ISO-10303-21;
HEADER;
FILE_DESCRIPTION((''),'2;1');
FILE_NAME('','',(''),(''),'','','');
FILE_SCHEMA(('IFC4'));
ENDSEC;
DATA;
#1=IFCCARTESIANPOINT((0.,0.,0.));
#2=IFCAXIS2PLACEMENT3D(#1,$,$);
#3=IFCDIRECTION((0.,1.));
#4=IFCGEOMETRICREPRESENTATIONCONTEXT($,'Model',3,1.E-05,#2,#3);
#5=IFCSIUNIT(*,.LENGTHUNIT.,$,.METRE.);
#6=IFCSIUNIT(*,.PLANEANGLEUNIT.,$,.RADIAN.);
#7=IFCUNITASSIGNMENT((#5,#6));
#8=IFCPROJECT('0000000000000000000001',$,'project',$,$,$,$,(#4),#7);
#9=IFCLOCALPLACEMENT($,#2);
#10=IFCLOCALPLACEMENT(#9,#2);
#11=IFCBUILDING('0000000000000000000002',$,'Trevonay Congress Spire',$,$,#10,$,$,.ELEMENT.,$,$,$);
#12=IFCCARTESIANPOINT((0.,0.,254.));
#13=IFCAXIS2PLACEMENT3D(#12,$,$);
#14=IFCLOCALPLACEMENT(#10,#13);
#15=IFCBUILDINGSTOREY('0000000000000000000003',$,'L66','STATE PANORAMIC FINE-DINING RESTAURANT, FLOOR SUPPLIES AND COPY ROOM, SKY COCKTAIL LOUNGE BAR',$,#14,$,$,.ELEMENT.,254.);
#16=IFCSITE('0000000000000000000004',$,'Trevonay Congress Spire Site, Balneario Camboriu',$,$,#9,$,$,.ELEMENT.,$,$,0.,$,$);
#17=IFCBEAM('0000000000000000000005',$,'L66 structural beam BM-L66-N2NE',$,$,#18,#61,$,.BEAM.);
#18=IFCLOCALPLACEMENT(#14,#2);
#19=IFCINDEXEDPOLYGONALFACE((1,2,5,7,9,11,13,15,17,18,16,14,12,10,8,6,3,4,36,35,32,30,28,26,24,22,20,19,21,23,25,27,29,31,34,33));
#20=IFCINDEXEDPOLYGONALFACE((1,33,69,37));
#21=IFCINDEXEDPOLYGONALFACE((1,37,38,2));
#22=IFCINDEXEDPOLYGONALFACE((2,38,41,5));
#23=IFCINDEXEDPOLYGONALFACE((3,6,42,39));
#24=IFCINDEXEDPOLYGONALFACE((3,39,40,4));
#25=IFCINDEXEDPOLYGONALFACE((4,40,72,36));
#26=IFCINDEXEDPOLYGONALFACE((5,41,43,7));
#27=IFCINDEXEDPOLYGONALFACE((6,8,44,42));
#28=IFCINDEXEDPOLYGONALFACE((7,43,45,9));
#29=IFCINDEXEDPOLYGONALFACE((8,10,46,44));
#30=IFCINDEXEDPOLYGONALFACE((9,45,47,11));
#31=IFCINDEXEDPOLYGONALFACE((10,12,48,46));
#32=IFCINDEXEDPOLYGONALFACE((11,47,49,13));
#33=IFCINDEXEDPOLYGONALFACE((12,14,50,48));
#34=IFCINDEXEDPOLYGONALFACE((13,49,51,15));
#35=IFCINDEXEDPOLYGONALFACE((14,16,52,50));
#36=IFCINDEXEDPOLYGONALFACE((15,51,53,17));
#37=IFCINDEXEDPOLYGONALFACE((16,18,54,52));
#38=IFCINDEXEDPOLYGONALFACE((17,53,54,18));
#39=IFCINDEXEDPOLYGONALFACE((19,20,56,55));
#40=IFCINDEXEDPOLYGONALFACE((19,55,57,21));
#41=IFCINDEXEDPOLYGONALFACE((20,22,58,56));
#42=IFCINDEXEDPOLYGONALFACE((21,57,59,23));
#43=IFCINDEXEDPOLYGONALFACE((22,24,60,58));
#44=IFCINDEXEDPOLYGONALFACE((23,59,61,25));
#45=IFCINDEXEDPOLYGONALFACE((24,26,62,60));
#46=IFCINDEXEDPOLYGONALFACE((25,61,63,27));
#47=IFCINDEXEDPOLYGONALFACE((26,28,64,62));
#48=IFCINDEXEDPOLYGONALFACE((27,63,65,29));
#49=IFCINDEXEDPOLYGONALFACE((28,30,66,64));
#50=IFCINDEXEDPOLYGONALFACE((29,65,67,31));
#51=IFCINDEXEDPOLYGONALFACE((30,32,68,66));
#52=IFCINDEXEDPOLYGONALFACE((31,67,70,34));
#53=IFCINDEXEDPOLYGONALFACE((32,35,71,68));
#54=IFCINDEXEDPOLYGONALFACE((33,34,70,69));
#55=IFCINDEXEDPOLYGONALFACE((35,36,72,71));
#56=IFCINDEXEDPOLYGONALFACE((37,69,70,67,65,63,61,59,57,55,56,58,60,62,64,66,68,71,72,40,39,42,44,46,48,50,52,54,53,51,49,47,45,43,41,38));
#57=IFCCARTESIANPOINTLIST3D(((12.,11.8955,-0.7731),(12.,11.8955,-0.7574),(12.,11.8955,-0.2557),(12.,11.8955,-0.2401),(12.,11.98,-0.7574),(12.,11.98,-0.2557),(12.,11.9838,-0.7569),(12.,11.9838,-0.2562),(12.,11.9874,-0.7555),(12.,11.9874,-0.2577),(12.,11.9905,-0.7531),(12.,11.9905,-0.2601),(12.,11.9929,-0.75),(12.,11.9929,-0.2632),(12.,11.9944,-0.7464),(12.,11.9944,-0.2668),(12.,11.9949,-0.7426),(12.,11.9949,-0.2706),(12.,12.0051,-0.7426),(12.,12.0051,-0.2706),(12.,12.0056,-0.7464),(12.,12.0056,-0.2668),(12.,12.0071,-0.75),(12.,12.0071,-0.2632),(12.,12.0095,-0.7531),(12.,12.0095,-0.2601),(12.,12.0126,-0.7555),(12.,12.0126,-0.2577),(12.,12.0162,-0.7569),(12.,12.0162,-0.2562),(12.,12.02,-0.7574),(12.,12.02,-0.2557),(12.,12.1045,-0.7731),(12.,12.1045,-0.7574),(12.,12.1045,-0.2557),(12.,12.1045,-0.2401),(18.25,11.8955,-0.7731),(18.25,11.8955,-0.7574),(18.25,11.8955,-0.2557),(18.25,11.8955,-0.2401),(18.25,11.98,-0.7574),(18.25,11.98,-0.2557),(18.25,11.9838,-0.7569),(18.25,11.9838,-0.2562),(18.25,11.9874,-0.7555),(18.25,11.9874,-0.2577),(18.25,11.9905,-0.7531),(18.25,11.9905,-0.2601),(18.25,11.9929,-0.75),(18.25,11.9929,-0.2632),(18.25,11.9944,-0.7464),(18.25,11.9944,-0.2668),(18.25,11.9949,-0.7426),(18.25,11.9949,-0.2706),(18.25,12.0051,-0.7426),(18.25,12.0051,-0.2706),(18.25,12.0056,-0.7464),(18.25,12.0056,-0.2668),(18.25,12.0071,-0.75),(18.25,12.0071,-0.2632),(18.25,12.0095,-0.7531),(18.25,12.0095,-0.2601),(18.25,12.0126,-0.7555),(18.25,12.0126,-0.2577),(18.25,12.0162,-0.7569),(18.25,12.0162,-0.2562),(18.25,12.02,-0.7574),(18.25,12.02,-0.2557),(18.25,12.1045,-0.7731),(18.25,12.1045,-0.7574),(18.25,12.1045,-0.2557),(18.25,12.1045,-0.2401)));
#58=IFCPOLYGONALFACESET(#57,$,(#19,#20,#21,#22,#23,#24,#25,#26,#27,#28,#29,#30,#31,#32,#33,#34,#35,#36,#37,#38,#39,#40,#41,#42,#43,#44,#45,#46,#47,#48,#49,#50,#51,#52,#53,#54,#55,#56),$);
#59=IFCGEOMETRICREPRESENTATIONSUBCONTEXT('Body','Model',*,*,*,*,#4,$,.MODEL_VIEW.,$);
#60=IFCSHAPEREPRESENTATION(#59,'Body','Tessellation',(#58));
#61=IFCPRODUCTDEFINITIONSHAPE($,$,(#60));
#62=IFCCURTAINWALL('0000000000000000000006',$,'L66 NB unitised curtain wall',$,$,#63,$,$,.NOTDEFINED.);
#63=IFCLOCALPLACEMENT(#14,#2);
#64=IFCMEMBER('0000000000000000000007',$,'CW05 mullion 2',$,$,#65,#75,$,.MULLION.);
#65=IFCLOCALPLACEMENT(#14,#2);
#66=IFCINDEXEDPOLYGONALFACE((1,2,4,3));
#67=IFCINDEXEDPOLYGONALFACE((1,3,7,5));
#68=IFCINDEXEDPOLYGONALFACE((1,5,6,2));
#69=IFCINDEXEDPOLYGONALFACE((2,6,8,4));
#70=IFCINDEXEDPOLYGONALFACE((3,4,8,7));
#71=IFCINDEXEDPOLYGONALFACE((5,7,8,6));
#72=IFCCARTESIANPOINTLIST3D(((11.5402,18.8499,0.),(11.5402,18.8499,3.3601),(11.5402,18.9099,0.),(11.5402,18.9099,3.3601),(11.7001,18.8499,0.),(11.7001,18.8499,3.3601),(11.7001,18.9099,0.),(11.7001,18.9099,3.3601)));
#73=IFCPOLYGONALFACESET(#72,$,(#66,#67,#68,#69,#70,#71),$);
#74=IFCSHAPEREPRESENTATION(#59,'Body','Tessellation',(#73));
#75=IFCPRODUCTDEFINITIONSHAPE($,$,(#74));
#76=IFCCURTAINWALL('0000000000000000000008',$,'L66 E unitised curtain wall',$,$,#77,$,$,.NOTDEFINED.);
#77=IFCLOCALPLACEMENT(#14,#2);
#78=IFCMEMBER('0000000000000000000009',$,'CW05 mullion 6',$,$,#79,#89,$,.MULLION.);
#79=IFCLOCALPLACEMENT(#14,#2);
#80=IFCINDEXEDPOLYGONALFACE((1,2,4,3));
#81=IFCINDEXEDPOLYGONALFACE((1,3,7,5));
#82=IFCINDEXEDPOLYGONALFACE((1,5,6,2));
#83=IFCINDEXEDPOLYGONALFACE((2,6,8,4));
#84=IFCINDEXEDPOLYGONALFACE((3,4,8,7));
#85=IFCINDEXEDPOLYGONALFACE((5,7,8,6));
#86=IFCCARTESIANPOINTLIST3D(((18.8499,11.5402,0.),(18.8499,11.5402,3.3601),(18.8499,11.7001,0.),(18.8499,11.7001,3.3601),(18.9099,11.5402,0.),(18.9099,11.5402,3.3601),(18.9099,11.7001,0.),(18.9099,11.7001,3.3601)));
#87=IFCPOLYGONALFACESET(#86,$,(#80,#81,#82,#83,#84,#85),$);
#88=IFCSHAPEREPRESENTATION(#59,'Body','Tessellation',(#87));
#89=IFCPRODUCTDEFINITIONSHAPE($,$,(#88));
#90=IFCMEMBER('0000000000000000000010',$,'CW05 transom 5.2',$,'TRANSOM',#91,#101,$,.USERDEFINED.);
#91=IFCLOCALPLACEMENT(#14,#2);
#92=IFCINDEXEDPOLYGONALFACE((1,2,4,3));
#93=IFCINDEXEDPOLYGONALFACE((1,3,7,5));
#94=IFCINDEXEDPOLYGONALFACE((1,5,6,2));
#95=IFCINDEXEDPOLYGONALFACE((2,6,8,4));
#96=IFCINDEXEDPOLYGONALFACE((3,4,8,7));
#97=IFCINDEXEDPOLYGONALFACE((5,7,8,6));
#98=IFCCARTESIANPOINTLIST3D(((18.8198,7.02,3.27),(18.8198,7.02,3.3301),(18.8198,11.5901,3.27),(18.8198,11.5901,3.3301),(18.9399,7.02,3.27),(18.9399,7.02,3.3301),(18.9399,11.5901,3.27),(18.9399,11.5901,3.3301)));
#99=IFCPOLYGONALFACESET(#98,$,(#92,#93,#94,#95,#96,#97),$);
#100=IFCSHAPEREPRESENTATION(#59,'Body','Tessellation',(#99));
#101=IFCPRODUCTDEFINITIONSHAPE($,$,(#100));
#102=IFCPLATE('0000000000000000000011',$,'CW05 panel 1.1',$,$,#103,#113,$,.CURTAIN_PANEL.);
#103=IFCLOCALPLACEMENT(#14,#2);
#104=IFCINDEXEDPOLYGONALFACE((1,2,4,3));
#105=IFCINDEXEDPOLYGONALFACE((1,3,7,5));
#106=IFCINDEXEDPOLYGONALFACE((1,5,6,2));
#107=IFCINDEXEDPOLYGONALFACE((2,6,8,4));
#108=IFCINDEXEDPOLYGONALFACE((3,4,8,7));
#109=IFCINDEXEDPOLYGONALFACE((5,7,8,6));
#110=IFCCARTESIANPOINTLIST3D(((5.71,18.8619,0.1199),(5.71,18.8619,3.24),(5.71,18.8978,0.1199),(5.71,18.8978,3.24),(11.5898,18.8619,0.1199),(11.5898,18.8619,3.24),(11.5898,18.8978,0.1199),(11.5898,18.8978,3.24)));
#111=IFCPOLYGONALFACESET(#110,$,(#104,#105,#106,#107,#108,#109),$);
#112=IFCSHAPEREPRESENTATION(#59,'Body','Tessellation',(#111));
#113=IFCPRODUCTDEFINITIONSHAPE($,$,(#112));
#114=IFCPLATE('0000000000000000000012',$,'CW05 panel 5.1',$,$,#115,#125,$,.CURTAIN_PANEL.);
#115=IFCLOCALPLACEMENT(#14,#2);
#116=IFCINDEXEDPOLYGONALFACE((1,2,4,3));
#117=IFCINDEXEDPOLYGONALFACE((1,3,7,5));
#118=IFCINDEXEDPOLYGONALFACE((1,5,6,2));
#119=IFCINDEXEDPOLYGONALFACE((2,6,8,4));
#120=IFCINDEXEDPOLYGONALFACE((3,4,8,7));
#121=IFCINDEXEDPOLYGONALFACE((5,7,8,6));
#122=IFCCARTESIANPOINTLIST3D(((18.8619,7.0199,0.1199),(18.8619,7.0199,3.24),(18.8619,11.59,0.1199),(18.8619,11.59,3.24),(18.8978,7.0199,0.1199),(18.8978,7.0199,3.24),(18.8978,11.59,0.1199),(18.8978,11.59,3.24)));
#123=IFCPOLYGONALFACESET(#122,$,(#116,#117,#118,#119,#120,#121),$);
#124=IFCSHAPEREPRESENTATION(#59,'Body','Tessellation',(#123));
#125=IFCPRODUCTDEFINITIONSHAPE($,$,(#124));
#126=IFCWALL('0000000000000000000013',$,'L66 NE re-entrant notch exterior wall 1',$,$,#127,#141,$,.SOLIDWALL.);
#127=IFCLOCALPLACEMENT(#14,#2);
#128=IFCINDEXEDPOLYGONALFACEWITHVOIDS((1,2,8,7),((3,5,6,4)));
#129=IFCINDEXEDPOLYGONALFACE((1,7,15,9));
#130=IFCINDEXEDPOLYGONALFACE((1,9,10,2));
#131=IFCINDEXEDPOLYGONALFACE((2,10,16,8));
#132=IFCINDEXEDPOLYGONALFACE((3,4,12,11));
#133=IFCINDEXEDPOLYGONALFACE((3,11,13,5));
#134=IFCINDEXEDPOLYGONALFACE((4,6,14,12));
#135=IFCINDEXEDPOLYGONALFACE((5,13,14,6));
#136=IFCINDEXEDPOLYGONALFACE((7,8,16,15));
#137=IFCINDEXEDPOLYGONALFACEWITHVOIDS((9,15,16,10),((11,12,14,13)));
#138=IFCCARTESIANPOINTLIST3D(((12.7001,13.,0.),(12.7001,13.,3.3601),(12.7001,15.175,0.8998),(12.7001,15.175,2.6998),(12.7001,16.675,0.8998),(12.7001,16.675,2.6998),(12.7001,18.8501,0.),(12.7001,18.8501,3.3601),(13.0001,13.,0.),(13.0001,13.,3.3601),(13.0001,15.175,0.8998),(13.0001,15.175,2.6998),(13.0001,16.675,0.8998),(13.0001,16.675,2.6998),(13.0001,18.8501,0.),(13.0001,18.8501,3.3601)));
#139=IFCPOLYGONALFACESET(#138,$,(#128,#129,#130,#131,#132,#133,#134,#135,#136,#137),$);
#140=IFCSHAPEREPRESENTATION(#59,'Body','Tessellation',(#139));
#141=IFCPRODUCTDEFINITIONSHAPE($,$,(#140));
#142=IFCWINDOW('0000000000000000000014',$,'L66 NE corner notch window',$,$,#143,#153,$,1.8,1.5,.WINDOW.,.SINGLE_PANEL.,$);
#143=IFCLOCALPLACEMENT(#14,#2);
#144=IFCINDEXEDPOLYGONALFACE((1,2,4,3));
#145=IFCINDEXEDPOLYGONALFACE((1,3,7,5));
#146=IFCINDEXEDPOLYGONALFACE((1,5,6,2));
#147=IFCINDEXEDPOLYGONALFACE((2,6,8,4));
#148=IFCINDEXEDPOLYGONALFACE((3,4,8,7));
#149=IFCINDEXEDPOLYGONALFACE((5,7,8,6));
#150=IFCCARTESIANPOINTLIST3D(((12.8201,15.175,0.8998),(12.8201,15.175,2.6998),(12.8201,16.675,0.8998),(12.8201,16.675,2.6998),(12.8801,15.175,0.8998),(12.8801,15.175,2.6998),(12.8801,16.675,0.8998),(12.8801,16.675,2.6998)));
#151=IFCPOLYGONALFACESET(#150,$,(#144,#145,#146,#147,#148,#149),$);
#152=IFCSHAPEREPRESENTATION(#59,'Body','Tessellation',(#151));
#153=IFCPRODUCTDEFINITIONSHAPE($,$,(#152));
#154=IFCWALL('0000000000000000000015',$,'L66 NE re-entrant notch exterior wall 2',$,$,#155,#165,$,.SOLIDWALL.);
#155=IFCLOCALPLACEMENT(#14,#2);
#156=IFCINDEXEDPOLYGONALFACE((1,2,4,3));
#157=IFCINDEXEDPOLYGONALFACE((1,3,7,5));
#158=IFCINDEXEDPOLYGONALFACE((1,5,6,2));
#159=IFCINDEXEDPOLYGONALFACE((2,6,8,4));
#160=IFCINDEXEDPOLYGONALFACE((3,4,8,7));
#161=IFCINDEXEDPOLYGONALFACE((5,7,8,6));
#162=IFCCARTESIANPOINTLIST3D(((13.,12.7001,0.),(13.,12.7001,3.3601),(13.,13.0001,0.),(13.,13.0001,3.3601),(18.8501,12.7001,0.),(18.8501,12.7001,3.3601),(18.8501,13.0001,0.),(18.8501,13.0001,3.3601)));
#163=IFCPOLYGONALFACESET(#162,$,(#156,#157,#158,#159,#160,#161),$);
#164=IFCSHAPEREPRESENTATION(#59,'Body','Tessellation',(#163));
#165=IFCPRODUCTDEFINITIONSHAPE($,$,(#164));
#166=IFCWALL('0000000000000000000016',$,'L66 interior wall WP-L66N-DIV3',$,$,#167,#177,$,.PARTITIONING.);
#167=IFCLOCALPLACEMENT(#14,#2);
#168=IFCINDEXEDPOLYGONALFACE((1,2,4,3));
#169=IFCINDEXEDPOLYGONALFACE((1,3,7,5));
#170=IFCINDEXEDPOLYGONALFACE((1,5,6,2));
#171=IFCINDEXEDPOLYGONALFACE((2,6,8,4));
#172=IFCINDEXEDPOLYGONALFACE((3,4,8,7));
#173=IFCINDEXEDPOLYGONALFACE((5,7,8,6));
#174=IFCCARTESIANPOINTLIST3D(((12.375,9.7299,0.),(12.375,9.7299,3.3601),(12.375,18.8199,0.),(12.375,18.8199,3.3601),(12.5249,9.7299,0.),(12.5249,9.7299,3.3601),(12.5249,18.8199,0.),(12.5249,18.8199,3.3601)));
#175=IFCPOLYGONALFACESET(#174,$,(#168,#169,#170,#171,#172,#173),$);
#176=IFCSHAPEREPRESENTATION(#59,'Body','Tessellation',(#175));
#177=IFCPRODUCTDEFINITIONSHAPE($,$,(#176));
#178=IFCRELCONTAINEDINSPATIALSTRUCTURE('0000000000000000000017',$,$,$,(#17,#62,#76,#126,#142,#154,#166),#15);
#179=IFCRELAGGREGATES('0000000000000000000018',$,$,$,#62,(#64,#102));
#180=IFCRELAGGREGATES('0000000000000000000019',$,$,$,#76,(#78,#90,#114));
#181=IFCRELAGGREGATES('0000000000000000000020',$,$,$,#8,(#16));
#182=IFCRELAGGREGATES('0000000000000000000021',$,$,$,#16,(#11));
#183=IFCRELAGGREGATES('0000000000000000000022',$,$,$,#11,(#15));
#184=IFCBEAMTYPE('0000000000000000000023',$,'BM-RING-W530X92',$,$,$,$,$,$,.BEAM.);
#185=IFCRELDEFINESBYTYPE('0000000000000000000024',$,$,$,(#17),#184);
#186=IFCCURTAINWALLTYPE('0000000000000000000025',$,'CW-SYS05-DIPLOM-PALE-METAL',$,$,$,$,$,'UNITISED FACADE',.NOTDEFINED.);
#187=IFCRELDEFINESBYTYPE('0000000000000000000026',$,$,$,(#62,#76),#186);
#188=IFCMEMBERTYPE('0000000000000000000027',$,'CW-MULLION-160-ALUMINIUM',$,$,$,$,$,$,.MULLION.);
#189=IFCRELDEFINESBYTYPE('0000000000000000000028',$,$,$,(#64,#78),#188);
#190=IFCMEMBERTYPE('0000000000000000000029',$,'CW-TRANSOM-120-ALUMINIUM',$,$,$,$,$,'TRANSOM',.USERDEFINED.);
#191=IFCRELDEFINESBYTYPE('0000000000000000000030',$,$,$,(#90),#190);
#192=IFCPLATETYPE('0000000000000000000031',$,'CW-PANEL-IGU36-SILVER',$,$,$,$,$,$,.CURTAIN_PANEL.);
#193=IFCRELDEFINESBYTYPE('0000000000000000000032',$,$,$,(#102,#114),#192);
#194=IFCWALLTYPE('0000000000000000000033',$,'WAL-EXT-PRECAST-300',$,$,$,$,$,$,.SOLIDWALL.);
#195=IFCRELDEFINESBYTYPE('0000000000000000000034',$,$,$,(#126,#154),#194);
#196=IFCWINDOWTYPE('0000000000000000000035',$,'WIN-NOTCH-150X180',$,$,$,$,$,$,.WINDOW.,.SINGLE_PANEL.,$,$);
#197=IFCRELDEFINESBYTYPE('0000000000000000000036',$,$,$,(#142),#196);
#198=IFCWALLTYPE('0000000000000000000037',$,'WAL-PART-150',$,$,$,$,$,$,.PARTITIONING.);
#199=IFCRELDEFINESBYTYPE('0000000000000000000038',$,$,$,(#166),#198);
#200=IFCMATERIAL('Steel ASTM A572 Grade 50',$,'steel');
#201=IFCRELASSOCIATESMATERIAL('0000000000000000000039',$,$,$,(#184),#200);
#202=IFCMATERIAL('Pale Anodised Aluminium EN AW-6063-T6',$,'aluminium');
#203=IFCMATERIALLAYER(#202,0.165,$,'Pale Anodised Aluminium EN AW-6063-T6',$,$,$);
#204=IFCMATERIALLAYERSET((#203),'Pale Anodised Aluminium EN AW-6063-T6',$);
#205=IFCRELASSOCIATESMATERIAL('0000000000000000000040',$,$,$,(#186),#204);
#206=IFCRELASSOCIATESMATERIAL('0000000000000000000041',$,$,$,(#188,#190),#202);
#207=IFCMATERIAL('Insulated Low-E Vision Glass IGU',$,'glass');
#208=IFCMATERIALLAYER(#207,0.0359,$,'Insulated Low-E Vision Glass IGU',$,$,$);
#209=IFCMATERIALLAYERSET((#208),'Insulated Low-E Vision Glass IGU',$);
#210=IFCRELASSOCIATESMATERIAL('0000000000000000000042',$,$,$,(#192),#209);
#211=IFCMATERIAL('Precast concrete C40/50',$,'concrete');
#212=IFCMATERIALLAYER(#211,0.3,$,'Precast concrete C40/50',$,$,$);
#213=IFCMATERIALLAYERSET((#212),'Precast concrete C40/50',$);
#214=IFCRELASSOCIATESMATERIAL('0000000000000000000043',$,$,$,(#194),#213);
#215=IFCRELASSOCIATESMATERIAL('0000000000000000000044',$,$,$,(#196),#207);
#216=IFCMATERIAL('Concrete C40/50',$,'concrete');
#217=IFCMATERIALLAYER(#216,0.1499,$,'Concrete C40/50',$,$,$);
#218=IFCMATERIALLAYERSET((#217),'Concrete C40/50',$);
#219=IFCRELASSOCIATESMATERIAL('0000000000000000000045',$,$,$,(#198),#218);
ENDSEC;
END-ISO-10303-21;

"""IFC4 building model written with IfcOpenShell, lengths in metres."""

from ifc_helpers import new_model, si_unit, direction, frame, frame_2d, origin, origin_2d, place, context, subcontext, project, spatial, rectangle, i_section, extrude, material, layer, layer_set, material_profile, profile_set, type_object, element, fill, aggregate, save


model = new_model("IFC4")

# Units and contexts
model_context = context("Model", 3, precision=1e-05, world=origin(), true_north=direction((0.0, 1.0)))
body_context = subcontext(model_context, "Body", "Model", "MODEL_VIEW")
ifc_project = project(units=[si_unit("LENGTHUNIT", "METRE"), si_unit("PLANEANGLEUNIT", "RADIAN")], contexts=[model_context])

# Site, building, storey
site_placement = place(None, origin())
site = spatial("IfcSite", under=ifc_project, at=site_placement, Name="Trevonay Congress Spire Site, Balneario Camboriu", CompositionType="ELEMENT", RefElevation=0.0)
building_placement = place(site_placement, origin())
building = spatial("IfcBuilding", under=site, at=building_placement, Name="Trevonay Congress Spire", CompositionType="ELEMENT")
storey_placement = place(building_placement, frame((0.0, 0.0, 254.0)))
storey = spatial("IfcBuildingStorey", under=building, at=storey_placement, Name="L66", Description="STATE PANORAMIC FINE-DINING RESTAURANT, FLOOR SUPPLIES AND COPY ROOM, SKY COCKTAIL LOUNGE BAR", CompositionType="ELEMENT", Elevation=254.0)

# Shared definitions
ifc_material_1 = material(Name="Steel ASTM A572 Grade 50", Category="steel")

# Beam
ifc_material_profile_1 = material_profile(ifc_material_1, i_section(OverallWidth=0.209, OverallDepth=0.533, WebThickness=0.0103, FlangeThickness=0.0156, FilletRadius=0.0149, at=origin_2d()), Name="W530x92")
ifc_profile_set_1 = profile_set([ifc_material_profile_1], Name="Steel ASTM A572 Grade 50")
beam_type_1 = type_object("IfcBeamType", Name="BM-RING-W530X92", PredefinedType="BEAM", material=ifc_profile_set_1)
for number, where, z_axis, x_axis, name in (
    (1, (18.25, 12.0, -0.5066), (-1.0, 0.0, 0.0), (0.0, -1.0, 0.0), "L66 structural beam BM-L66-N2NE"),
):
    element("IfcBeam", number, at=place(storey_placement, frame(where, z_axis=z_axis, x_axis=x_axis)), inside=storey, type_object=beam_type_1, Name=name, PredefinedType="BEAM", context=body_context, shape_type="SweptSolid", body=[
        extrude(i_section(OverallWidth=0.209, OverallDepth=0.533, WebThickness=0.0103, FlangeThickness=0.0156, FilletRadius=0.0149, at=origin_2d()), origin(), (0.0, 0.0, 1.0), 6.25),
    ])

# Curtain wall, member
ifc_material_2 = material(Name="Pale Anodised Aluminium EN AW-6063-T6", Category="aluminium")
ifc_layer_1 = layer(ifc_material_2, 0.165, Name="Pale Anodised Aluminium EN AW-6063-T6")
ifc_layer_set_1 = layer_set([ifc_layer_1], Name="Pale Anodised Aluminium EN AW-6063-T6")
curtain_wall_type = type_object("IfcCurtainWallType", Name="CW-SYS05-DIPLOM-PALE-METAL", ElementType="UNITISED FACADE", PredefinedType="NOTDEFINED", material=ifc_layer_set_1)
curtain_wall_1_placement = place(storey_placement, origin())
curtain_wall_1 = element("IfcCurtainWall", 2, at=curtain_wall_1_placement, inside=storey, type_object=curtain_wall_type, Name="L66 NB unitised curtain wall", PredefinedType="NOTDEFINED")
ifc_material_profile_2 = material_profile(ifc_material_2, rectangle(XDim=0.0601, YDim=0.1599, at=origin_2d()), Name="CW-MULLION-160-ALUMINIUM")
ifc_profile_set_2 = profile_set([ifc_material_profile_2], Name="Pale Anodised Aluminium EN AW-6063-T6")
member_type_1 = type_object("IfcMemberType", Name="CW-MULLION-160-ALUMINIUM", PredefinedType="MULLION", material=ifc_profile_set_2)
member_1_placement = place(storey_placement, frame((11.6201, 18.8799, 0.0), z_axis=(0.0, 0.0, 1.0), x_axis=(0.0, 1.0, 0.0)))
member_1 = element("IfcMember", 3, at=member_1_placement, type_object=member_type_1, Name="CW05 mullion 2", PredefinedType="MULLION", context=body_context, shape_type="SweptSolid", body=[
    extrude(rectangle(XDim=0.0601, YDim=0.1599, at=origin_2d()), origin(), (0.0, 0.0, 1.0), 3.3601),
])

# Curtain wall, members
curtain_wall_2_placement = place(storey_placement, origin())
curtain_wall_2 = element("IfcCurtainWall", 4, at=curtain_wall_2_placement, inside=storey, type_object=curtain_wall_type, Name="L66 E unitised curtain wall", PredefinedType="NOTDEFINED")
member_2_placement = place(storey_placement, frame((18.8799, 11.6201, 0.0), z_axis=(0.0, 0.0, 1.0), x_axis=(-1.0, 0.0, 0.0)))
member_2 = element("IfcMember", 5, at=member_2_placement, type_object=member_type_1, Name="CW05 mullion 6", PredefinedType="MULLION", context=body_context, shape_type="SweptSolid", body=[
    extrude(rectangle(XDim=0.0601, YDim=0.1599, at=origin_2d()), origin(), (0.0, 0.0, 1.0), 3.3601),
])
ifc_material_profile_3 = material_profile(ifc_material_2, rectangle(XDim=0.1201, YDim=0.0601, at=origin_2d()), Name="CW-TRANSOM-120-ALUMINIUM")
ifc_profile_set_3 = profile_set([ifc_material_profile_3], Name="Pale Anodised Aluminium EN AW-6063-T6")
member_type_2 = type_object("IfcMemberType", Name="CW-TRANSOM-120-ALUMINIUM", ElementType="TRANSOM", PredefinedType="USERDEFINED", material=ifc_profile_set_3)
member_3_placement = place(storey_placement, frame((18.8799, 7.02, 3.3), z_axis=(0.0, 1.0, 0.0), x_axis=(-1.0, 0.0, 0.0)))
member_3 = element("IfcMember", 6, at=member_3_placement, type_object=member_type_2, Name="CW05 transom 5.2", ObjectType="TRANSOM", PredefinedType="USERDEFINED", context=body_context, shape_type="SweptSolid", body=[
    extrude(rectangle(XDim=0.1201, YDim=0.0601, at=origin_2d()), origin(), (0.0, 0.0, 1.0), 4.5701),
])

# Plates
ifc_material_3 = material(Name="Insulated Low-E Vision Glass IGU", Category="glass")
ifc_layer_2 = layer(ifc_material_3, 0.0359, Name="Insulated Low-E Vision Glass IGU")
ifc_layer_set_2 = layer_set([ifc_layer_2], Name="Insulated Low-E Vision Glass IGU")
plate_type = type_object("IfcPlateType", Name="CW-PANEL-IGU36-SILVER", PredefinedType="CURTAIN_PANEL", material=ifc_layer_set_2)
plate_1_placement = place(storey_placement, frame((8.6499, 18.8799, 0.1199), z_axis=(0.0, 0.0, 1.0), x_axis=(1.0, 0.0, 0.0)))
plate_1 = element("IfcPlate", 7, at=plate_1_placement, type_object=plate_type, Name="CW05 panel 1.1", PredefinedType="CURTAIN_PANEL", context=body_context, shape_type="SweptSolid", body=[
    extrude(rectangle(XDim=5.8799, YDim=0.0359, at=origin_2d()), origin(), (0.0, 0.0, 1.0), 3.1201),
])
aggregate(curtain_wall_1, [member_1, plate_1])
plate_2_placement = place(storey_placement, frame((18.8799, 9.3049, 0.1199), z_axis=(0.0, 0.0, 1.0), x_axis=(0.0, 1.0, 0.0)))
plate_2 = element("IfcPlate", 8, at=plate_2_placement, type_object=plate_type, Name="CW05 panel 5.1", PredefinedType="CURTAIN_PANEL", context=body_context, shape_type="SweptSolid", body=[
    extrude(rectangle(XDim=4.5701, YDim=0.0359, at=origin_2d()), origin(), (0.0, 0.0, 1.0), 3.1201),
])
aggregate(curtain_wall_2, [member_2, member_3, plate_2])

# Wall, opening, window
ifc_material_4 = material(Name="Precast concrete C40/50", Category="concrete")
ifc_layer_3 = layer(ifc_material_4, 0.3, Name="Precast concrete C40/50")
ifc_layer_set_3 = layer_set([ifc_layer_3], Name="Precast concrete C40/50")
wall_type_1 = type_object("IfcWallType", Name="WAL-EXT-PRECAST-300", PredefinedType="SOLIDWALL", material=ifc_layer_set_3)
wall_1_placement = place(storey_placement, frame((12.8501, 18.8501, 0.0), z_axis=(0.0, 0.0, 1.0), x_axis=(0.0, -1.0, 0.0)))
wall_1 = element("IfcWall", 9, at=wall_1_placement, inside=storey, type_object=wall_type_1, Name="L66 NE re-entrant notch exterior wall 1", PredefinedType="SOLIDWALL", context=body_context, shape_type="SweptSolid", body=[
    extrude(rectangle(XDim=5.8501, YDim=0.3, at=frame_2d((2.925, 0.0))), origin(), (0.0, 0.0, 1.0), 3.3601),
])
opening_placement = place(wall_1_placement, frame((2.175, 0.0, 0.8999)))
opening = element("IfcOpeningElement", 10, at=opening_placement, cuts=wall_1, PredefinedType="OPENING", context=body_context, shape_type="SweptSolid", body=[
    extrude(rectangle(XDim=1.5, YDim=1.8, at=frame_2d((0.75, 0.8999))), frame((0.0, 0.1602, 0.0), z_axis=(0.0, -1.0, 0.0), x_axis=(1.0, 0.0, 0.0)), (0.0, 0.0, 1.0), 0.3201),
])
window_type = type_object("IfcWindowType", Name="WIN-NOTCH-150X180", PartitioningType="SINGLE_PANEL", PredefinedType="WINDOW", material=ifc_material_3)
window_placement = place(opening_placement, origin())
window = element("IfcWindow", 11, at=window_placement, inside=storey, type_object=window_type, Name="L66 NE corner notch window", OverallHeight=1.8, OverallWidth=1.5, PartitioningType="SINGLE_PANEL", PredefinedType="WINDOW", context=body_context, shape_type="SweptSolid", body=[
    extrude(rectangle(XDim=1.5, YDim=1.8, at=frame_2d((0.75, 0.8999))), frame((0.0, 0.03, 0.0), z_axis=(0.0, -1.0, 0.0), x_axis=(1.0, 0.0, 0.0)), (0.0, 0.0, 1.0), 0.0601),
])
fill(opening, window)

# Walls
wall_2_placement = place(storey_placement, frame((18.8501, 12.8501, 0.0), z_axis=(0.0, 0.0, 1.0), x_axis=(-1.0, 0.0, 0.0)))
element("IfcWall", 12, at=wall_2_placement, inside=storey, type_object=wall_type_1, Name="L66 NE re-entrant notch exterior wall 2", PredefinedType="SOLIDWALL", context=body_context, shape_type="SweptSolid", body=[
    extrude(rectangle(XDim=5.8501, YDim=0.3, at=frame_2d((2.925, 0.0))), origin(), (0.0, 0.0, 1.0), 3.3601),
])
ifc_material_5 = material(Name="Concrete C40/50", Category="concrete")
ifc_layer_4 = layer(ifc_material_5, 0.1499, Name="Concrete C40/50")
ifc_layer_set_4 = layer_set([ifc_layer_4], Name="Concrete C40/50")
wall_type_2 = type_object("IfcWallType", Name="WAL-PART-150", PredefinedType="PARTITIONING", material=ifc_layer_set_4)
wall_3_placement = place(storey_placement, frame((12.45, 9.73, 0.0), z_axis=(0.0, 0.0, 1.0), x_axis=(0.0, 1.0, 0.0)))
element("IfcWall", 13, at=wall_3_placement, inside=storey, type_object=wall_type_2, Name="L66 interior wall WP-L66N-DIV3", PredefinedType="PARTITIONING", context=body_context, shape_type="SweptSolid", body=[
    extrude(rectangle(XDim=9.0901, YDim=0.1499, at=frame_2d((4.5449, 0.0))), origin(), (0.0, 0.0, 1.0), 3.3601),
])

save(model, "model.ifc")
